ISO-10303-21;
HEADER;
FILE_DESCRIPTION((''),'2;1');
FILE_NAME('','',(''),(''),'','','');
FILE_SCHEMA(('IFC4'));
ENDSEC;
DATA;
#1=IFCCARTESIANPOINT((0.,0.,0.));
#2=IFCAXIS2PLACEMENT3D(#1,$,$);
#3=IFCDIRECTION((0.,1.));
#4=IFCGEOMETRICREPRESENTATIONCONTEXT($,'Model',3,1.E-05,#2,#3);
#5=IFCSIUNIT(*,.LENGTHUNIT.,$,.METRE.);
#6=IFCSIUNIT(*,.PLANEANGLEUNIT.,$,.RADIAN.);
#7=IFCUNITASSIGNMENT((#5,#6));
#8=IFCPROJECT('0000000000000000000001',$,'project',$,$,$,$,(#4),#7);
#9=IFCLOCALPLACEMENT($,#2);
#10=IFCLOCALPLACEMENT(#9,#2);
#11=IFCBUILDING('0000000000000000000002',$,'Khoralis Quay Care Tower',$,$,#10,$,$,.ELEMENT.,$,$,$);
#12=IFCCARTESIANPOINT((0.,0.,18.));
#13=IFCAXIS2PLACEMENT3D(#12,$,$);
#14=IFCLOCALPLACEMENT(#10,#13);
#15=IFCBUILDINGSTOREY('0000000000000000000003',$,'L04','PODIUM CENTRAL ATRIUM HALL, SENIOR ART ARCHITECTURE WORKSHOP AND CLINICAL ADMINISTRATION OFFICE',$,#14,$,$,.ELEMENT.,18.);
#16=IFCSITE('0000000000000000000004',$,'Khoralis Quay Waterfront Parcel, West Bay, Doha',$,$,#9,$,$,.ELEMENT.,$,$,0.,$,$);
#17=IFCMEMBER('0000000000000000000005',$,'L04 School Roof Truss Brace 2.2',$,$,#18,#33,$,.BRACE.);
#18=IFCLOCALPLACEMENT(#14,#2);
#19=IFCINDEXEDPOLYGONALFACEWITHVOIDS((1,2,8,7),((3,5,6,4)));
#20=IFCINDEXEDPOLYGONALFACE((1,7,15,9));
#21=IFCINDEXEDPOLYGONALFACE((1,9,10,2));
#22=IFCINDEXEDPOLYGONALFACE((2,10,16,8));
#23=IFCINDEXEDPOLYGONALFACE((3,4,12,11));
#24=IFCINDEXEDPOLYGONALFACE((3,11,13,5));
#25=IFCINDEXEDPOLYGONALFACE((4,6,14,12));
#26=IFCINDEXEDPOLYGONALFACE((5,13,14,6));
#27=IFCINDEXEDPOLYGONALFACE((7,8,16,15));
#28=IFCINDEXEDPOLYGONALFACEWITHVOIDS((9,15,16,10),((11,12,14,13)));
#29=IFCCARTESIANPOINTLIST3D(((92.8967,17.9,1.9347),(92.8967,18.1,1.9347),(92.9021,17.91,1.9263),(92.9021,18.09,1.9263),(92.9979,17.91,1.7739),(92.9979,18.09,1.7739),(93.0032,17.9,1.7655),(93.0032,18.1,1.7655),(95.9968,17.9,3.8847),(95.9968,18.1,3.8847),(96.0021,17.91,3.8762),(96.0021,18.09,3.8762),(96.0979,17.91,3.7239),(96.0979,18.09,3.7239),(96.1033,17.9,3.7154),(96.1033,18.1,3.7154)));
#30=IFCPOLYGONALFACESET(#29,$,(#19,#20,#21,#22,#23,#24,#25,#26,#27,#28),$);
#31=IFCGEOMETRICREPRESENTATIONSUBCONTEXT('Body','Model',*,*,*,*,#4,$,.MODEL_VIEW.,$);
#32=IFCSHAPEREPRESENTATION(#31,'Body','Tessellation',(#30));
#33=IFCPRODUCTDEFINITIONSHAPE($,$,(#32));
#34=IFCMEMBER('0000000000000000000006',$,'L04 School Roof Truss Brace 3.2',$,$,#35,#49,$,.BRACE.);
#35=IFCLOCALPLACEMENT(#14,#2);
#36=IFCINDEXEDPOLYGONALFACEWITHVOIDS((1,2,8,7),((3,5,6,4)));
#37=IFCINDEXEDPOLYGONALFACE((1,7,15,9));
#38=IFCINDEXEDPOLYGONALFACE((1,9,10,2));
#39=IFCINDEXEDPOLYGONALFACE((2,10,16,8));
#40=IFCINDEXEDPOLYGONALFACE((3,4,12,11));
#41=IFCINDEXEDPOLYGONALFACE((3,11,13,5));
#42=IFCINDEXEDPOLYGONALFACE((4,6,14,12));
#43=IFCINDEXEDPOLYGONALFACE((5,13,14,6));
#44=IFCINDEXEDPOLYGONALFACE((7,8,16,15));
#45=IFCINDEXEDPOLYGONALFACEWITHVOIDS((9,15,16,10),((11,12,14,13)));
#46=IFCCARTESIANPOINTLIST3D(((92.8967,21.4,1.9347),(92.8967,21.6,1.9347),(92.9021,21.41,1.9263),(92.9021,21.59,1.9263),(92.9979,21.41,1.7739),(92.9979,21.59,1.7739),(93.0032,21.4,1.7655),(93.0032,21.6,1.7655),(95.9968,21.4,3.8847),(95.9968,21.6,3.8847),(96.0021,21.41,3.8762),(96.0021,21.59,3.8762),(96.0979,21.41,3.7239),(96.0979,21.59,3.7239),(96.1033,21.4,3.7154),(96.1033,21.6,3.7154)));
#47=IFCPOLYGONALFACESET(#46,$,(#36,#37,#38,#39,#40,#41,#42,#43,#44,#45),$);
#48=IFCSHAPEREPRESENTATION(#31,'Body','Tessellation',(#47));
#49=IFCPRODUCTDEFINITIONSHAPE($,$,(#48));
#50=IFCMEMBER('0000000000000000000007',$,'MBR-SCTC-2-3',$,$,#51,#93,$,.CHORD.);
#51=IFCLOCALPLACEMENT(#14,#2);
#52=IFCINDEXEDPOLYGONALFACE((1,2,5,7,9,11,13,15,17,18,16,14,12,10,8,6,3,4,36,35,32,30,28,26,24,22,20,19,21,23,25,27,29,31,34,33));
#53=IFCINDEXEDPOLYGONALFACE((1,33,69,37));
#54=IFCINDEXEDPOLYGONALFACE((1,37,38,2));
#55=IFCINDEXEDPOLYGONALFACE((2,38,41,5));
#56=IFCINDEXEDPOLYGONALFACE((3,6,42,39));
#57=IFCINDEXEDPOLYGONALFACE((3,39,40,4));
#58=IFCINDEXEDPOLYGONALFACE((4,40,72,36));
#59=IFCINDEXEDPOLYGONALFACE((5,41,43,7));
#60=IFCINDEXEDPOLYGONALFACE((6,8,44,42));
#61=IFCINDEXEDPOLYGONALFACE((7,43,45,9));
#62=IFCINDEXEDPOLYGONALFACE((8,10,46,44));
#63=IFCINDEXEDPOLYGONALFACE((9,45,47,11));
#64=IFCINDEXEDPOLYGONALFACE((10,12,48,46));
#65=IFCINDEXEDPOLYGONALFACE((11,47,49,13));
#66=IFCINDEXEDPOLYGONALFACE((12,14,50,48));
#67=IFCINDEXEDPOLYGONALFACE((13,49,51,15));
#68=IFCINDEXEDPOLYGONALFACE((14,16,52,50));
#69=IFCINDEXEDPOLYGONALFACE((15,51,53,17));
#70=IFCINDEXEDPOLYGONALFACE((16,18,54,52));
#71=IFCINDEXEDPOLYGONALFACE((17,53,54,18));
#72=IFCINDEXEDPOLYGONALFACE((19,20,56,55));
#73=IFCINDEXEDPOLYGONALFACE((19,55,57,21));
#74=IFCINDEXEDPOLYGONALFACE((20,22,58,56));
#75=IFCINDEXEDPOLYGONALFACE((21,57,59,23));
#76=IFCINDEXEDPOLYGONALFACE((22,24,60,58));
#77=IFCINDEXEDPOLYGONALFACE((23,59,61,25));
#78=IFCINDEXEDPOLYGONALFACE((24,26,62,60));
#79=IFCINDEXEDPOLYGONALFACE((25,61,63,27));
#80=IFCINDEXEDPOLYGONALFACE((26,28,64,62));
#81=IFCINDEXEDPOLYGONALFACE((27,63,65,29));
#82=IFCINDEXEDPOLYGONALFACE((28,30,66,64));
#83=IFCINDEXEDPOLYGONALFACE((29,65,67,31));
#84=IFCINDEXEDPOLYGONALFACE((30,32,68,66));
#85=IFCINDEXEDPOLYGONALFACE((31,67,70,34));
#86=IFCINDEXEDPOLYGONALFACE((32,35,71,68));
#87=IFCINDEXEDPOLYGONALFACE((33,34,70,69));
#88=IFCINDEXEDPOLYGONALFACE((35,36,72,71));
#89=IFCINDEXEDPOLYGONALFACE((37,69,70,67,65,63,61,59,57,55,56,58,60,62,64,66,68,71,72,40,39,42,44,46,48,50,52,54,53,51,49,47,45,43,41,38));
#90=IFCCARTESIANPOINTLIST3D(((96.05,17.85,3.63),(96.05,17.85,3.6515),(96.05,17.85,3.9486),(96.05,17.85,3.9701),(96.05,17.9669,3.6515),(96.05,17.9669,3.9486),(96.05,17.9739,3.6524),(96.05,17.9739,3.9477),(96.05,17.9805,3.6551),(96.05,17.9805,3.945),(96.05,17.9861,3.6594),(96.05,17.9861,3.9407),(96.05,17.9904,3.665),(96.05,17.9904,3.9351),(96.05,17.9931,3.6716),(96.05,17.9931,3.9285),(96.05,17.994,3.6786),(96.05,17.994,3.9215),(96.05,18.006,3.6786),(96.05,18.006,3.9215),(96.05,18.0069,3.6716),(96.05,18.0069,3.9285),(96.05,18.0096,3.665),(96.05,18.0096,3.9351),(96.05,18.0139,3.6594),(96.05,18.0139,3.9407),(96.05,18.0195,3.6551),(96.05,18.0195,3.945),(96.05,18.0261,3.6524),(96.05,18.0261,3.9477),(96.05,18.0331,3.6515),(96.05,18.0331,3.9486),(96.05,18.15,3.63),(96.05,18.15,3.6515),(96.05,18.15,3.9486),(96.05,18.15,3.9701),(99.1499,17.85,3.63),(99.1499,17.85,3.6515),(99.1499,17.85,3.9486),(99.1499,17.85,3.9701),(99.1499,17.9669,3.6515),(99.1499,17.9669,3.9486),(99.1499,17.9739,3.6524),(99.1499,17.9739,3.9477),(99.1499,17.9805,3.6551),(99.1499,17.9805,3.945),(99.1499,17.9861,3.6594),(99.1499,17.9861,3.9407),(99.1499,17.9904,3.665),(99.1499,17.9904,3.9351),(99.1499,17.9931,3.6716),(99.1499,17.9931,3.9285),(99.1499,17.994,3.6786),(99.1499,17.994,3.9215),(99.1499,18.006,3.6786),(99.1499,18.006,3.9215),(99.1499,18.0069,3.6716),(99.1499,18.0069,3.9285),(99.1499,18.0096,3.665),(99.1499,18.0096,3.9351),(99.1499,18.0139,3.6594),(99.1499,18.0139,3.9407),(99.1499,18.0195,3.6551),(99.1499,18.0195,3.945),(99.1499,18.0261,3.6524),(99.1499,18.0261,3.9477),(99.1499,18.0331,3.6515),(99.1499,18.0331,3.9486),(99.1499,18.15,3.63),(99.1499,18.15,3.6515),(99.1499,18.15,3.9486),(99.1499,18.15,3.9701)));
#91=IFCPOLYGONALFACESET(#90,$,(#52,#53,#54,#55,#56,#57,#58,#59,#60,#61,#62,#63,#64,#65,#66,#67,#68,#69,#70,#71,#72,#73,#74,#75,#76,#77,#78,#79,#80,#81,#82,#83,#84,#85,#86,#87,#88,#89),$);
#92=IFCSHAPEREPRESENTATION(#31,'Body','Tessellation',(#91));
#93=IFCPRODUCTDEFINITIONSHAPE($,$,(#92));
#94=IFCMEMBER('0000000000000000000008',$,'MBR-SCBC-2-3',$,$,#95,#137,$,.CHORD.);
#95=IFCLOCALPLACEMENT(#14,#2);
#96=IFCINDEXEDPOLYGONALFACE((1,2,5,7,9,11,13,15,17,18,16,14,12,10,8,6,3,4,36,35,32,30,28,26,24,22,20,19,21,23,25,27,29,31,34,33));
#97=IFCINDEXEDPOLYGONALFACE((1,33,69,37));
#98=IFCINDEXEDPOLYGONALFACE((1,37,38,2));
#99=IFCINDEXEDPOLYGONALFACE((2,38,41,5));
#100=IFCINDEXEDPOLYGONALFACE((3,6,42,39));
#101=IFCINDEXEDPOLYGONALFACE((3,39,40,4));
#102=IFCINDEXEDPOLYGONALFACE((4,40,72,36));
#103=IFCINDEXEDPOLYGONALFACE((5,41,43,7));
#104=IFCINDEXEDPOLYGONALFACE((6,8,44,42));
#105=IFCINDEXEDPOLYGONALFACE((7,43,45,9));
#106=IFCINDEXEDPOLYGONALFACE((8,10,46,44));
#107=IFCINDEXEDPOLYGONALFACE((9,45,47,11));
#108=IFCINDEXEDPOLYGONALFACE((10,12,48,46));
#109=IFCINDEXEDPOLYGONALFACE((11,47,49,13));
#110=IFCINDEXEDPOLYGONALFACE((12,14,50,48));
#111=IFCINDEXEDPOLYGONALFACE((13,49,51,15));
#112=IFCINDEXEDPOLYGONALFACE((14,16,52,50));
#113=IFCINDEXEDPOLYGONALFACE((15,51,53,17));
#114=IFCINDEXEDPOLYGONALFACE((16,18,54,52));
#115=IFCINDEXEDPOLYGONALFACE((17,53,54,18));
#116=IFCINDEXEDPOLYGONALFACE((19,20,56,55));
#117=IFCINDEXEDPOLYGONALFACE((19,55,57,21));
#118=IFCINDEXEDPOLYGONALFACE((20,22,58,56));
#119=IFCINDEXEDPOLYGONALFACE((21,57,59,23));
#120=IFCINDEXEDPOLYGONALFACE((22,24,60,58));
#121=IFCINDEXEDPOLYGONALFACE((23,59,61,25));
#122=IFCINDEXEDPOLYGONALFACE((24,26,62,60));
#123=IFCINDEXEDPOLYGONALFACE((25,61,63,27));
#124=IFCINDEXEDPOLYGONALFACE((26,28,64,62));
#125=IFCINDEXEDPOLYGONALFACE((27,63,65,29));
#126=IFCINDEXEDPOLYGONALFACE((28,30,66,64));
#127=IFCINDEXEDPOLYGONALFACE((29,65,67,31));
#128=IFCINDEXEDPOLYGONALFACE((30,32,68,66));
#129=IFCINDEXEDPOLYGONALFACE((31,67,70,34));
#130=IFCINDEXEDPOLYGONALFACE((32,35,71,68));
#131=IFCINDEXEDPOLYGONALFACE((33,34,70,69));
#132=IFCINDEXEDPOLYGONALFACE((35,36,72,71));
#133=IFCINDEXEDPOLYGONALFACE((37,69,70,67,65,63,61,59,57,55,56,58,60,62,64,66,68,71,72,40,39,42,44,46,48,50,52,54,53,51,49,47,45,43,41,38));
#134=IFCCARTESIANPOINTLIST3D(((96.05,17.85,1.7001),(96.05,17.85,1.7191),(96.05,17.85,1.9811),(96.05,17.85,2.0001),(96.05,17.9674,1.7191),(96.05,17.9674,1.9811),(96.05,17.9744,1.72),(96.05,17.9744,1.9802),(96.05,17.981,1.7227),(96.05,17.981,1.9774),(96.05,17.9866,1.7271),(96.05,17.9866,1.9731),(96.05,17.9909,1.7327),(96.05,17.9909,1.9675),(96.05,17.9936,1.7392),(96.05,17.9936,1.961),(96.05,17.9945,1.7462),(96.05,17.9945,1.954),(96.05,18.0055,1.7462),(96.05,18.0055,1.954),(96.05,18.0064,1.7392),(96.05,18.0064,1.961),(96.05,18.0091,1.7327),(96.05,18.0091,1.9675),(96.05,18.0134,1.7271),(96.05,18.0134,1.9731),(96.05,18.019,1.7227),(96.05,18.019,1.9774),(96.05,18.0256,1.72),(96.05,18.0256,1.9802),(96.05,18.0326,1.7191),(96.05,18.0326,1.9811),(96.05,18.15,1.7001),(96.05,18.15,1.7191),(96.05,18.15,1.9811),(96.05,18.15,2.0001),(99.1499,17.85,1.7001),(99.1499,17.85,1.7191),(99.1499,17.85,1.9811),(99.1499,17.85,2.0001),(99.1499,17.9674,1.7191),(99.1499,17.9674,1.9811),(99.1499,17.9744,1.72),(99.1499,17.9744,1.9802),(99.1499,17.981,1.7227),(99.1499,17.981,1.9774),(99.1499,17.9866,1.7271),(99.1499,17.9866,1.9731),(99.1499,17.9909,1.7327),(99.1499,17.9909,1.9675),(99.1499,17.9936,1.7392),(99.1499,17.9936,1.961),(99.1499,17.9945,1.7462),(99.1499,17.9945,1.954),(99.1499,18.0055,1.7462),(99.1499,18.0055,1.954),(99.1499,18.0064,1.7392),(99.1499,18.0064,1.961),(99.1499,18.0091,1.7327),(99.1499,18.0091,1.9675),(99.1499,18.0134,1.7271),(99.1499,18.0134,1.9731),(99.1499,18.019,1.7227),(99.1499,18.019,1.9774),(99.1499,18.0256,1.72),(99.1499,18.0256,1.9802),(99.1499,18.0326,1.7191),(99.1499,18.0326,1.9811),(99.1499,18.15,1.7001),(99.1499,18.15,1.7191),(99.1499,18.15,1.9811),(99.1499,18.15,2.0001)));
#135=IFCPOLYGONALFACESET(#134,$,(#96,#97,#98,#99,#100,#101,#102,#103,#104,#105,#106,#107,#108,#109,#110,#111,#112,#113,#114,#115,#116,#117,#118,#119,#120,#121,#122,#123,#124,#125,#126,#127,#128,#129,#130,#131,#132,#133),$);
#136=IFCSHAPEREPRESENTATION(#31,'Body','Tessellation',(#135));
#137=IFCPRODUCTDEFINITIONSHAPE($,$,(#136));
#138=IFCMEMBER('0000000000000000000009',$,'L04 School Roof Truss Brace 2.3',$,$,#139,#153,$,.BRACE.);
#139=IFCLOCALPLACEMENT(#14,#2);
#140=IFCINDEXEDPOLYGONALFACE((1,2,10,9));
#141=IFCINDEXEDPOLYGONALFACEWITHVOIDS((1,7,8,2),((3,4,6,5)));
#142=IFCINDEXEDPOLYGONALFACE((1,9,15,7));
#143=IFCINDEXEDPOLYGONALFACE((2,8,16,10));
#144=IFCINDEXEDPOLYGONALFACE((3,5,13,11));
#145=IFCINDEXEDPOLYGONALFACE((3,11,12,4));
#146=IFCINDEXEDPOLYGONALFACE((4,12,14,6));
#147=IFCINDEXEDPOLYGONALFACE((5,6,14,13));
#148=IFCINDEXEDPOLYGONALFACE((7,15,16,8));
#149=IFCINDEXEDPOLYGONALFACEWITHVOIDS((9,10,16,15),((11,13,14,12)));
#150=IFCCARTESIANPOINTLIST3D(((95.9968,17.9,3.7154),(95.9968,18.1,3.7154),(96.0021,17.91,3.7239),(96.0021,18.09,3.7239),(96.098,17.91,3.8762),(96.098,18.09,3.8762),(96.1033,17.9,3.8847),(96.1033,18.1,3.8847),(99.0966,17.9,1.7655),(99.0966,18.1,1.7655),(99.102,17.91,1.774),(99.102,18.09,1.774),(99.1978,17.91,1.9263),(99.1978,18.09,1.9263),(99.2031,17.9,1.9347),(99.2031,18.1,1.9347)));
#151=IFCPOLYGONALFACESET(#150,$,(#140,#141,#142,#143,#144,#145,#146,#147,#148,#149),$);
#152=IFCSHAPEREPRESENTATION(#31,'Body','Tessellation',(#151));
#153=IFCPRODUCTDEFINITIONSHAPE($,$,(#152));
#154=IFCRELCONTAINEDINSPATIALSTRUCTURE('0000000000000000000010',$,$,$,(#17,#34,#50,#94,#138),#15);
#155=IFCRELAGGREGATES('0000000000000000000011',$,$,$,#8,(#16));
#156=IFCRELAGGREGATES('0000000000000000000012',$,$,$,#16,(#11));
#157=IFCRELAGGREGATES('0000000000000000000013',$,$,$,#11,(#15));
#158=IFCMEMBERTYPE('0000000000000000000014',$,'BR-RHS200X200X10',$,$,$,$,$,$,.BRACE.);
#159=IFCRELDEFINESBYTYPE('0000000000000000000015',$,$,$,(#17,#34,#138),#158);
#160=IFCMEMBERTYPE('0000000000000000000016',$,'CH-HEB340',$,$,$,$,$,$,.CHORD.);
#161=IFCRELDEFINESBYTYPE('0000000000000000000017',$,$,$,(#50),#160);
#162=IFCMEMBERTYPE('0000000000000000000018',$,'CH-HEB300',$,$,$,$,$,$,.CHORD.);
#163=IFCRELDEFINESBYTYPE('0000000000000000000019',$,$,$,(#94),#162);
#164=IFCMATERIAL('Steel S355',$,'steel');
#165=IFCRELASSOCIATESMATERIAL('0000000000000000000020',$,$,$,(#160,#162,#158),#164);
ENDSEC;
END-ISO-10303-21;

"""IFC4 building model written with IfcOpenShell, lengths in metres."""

from ifc_helpers import new_model, si_unit, direction, frame, origin, origin_2d, place, context, subcontext, project, spatial, hollow_rectangle, i_section, extrude, source, transform, mapped, material, material_profile, profile_set, type_object, element, save


model = new_model("IFC4")

# Units and contexts
model_context = context("Model", 3, precision=1e-05, world=origin(), true_north=direction((0.0, 1.0)))
body_context = subcontext(model_context, "Body", "Model", "MODEL_VIEW")
ifc_project = project(units=[si_unit("LENGTHUNIT", "METRE"), si_unit("PLANEANGLEUNIT", "RADIAN")], contexts=[model_context])

# Site, building, storey
site_placement = place(None, origin())
site = spatial("IfcSite", under=ifc_project, at=site_placement, Name="Khoralis Quay Waterfront Parcel, West Bay, Doha", CompositionType="ELEMENT", RefElevation=0.0)
building_placement = place(site_placement, origin())
building = spatial("IfcBuilding", under=site, at=building_placement, Name="Khoralis Quay Care Tower", CompositionType="ELEMENT")
storey_placement = place(building_placement, frame((0.0, 0.0, 18.0)))
storey = spatial("IfcBuildingStorey", under=building, at=storey_placement, Name="L04", Description="PODIUM CENTRAL ATRIUM HALL, SENIOR ART ARCHITECTURE WORKSHOP AND CLINICAL ADMINISTRATION OFFICE", CompositionType="ELEMENT", Elevation=18.0)

# Members
ifc_material = material(Name="Steel S355", Category="steel")
ifc_material_profile_1 = material_profile(ifc_material, i_section(OverallWidth=0.3, OverallDepth=0.3401, WebThickness=0.012, FlangeThickness=0.0215, FilletRadius=0.0271, at=origin_2d()), Name="Steel S355")
ifc_profile_set_1 = profile_set([ifc_material_profile_1], Name="Steel S355")
member_type_1 = type_object("IfcMemberType", Name="CH-HEB340", PredefinedType="CHORD", material=ifc_profile_set_1)
ifc_material_profile_2 = material_profile(ifc_material, i_section(OverallWidth=0.3, OverallDepth=0.3, WebThickness=0.011, FlangeThickness=0.019, FilletRadius=0.0271, at=origin_2d()), Name="Steel S355")
ifc_profile_set_2 = profile_set([ifc_material_profile_2], Name="Steel S355")
member_type_2 = type_object("IfcMemberType", Name="CH-HEB300", PredefinedType="CHORD", material=ifc_profile_set_2)
ifc_material_profile_3 = material_profile(ifc_material, hollow_rectangle(XDim=0.2, YDim=0.2, WallThickness=0.01, at=origin_2d()), Name="Steel S355")
ifc_profile_set_3 = profile_set([ifc_material_profile_3], Name="Steel S355")
member_type_3 = type_object("IfcMemberType", Name="BR-RHS200X200X10", PredefinedType="BRACE", material=ifc_profile_set_3)
shared_shape_1 = source(origin(), body_context, "Body", "SweptSolid", [
    extrude(hollow_rectangle(XDim=0.2, YDim=0.2, WallThickness=0.01, at=origin_2d()), origin(), (0.0, 0.0, 1.0), 3.6624),
])
for number, where, z_axis, x_axis, name in (
    (1, (92.95, 18.0, 1.8501), (0.846474, 0.0, 0.53243), (0.0, 1.0, 0.0), "L04 School Roof Truss Brace 2.2"),
    (2, (92.95, 21.5, 1.8501), (0.846474, 0.0, 0.53243), (0.0, 1.0, 0.0), "L04 School Roof Truss Brace 3.2"),
):
    element("IfcMember", number, at=place(storey_placement, frame(where, z_axis=z_axis, x_axis=x_axis)), inside=storey, type_object=member_type_3, Name=name, PredefinedType="BRACE", context=body_context, shape_type="MappedRepresentation", body=[
        mapped(shared_shape_1, transform((0.0, 0.0, 0.0), scale=1.0)),
    ])
shared_shape_2 = source(origin(), body_context, "Body", "SweptSolid", [
    extrude(i_section(OverallWidth=0.3, OverallDepth=0.3401, WebThickness=0.012, FlangeThickness=0.0215, FilletRadius=0.0271, at=origin_2d()), origin(), (0.0, 0.0, 1.0), 3.0999),
])
member_1_placement = place(storey_placement, frame((96.05, 18.0, 3.8), z_axis=(1.0, 0.0, 0.0), x_axis=(0.0, 1.0, 0.0)))
element("IfcMember", 3, at=member_1_placement, inside=storey, type_object=member_type_1, Name="MBR-SCTC-2-3", PredefinedType="CHORD", context=body_context, shape_type="MappedRepresentation", body=[
    mapped(shared_shape_2, transform((0.0, 0.0, 0.0), scale=1.0)),
])
shared_shape_3 = source(origin(), body_context, "Body", "SweptSolid", [
    extrude(i_section(OverallWidth=0.3, OverallDepth=0.3, WebThickness=0.011, FlangeThickness=0.019, FilletRadius=0.0271, at=origin_2d()), origin(), (0.0, 0.0, 1.0), 3.0999),
])
member_2_placement = place(storey_placement, frame((96.05, 18.0, 1.8501), z_axis=(1.0, 0.0, 0.0), x_axis=(0.0, 1.0, 0.0)))
element("IfcMember", 4, at=member_2_placement, inside=storey, type_object=member_type_2, Name="MBR-SCBC-2-3", PredefinedType="CHORD", context=body_context, shape_type="MappedRepresentation", body=[
    mapped(shared_shape_3, transform((0.0, 0.0, 0.0), scale=1.0)),
])
shared_shape_4 = source(origin(), body_context, "Body", "SweptSolid", [
    extrude(hollow_rectangle(XDim=0.2, YDim=0.2, WallThickness=0.01, at=origin_2d()), origin(), (0.0, 0.0, 1.0), 3.6621),
])
member_3_placement = place(storey_placement, frame((96.05, 18.0, 3.8), z_axis=(0.846455, 0.0, -0.53246), x_axis=(0.0, 1.0, 0.0)))
element("IfcMember", 5, at=member_3_placement, inside=storey, type_object=member_type_3, Name="L04 School Roof Truss Brace 2.3", PredefinedType="BRACE", context=body_context, shape_type="MappedRepresentation", body=[
    mapped(shared_shape_4, transform((0.0, 0.0, 0.0), scale=1.0)),
])

save(model, "model.ifc")
